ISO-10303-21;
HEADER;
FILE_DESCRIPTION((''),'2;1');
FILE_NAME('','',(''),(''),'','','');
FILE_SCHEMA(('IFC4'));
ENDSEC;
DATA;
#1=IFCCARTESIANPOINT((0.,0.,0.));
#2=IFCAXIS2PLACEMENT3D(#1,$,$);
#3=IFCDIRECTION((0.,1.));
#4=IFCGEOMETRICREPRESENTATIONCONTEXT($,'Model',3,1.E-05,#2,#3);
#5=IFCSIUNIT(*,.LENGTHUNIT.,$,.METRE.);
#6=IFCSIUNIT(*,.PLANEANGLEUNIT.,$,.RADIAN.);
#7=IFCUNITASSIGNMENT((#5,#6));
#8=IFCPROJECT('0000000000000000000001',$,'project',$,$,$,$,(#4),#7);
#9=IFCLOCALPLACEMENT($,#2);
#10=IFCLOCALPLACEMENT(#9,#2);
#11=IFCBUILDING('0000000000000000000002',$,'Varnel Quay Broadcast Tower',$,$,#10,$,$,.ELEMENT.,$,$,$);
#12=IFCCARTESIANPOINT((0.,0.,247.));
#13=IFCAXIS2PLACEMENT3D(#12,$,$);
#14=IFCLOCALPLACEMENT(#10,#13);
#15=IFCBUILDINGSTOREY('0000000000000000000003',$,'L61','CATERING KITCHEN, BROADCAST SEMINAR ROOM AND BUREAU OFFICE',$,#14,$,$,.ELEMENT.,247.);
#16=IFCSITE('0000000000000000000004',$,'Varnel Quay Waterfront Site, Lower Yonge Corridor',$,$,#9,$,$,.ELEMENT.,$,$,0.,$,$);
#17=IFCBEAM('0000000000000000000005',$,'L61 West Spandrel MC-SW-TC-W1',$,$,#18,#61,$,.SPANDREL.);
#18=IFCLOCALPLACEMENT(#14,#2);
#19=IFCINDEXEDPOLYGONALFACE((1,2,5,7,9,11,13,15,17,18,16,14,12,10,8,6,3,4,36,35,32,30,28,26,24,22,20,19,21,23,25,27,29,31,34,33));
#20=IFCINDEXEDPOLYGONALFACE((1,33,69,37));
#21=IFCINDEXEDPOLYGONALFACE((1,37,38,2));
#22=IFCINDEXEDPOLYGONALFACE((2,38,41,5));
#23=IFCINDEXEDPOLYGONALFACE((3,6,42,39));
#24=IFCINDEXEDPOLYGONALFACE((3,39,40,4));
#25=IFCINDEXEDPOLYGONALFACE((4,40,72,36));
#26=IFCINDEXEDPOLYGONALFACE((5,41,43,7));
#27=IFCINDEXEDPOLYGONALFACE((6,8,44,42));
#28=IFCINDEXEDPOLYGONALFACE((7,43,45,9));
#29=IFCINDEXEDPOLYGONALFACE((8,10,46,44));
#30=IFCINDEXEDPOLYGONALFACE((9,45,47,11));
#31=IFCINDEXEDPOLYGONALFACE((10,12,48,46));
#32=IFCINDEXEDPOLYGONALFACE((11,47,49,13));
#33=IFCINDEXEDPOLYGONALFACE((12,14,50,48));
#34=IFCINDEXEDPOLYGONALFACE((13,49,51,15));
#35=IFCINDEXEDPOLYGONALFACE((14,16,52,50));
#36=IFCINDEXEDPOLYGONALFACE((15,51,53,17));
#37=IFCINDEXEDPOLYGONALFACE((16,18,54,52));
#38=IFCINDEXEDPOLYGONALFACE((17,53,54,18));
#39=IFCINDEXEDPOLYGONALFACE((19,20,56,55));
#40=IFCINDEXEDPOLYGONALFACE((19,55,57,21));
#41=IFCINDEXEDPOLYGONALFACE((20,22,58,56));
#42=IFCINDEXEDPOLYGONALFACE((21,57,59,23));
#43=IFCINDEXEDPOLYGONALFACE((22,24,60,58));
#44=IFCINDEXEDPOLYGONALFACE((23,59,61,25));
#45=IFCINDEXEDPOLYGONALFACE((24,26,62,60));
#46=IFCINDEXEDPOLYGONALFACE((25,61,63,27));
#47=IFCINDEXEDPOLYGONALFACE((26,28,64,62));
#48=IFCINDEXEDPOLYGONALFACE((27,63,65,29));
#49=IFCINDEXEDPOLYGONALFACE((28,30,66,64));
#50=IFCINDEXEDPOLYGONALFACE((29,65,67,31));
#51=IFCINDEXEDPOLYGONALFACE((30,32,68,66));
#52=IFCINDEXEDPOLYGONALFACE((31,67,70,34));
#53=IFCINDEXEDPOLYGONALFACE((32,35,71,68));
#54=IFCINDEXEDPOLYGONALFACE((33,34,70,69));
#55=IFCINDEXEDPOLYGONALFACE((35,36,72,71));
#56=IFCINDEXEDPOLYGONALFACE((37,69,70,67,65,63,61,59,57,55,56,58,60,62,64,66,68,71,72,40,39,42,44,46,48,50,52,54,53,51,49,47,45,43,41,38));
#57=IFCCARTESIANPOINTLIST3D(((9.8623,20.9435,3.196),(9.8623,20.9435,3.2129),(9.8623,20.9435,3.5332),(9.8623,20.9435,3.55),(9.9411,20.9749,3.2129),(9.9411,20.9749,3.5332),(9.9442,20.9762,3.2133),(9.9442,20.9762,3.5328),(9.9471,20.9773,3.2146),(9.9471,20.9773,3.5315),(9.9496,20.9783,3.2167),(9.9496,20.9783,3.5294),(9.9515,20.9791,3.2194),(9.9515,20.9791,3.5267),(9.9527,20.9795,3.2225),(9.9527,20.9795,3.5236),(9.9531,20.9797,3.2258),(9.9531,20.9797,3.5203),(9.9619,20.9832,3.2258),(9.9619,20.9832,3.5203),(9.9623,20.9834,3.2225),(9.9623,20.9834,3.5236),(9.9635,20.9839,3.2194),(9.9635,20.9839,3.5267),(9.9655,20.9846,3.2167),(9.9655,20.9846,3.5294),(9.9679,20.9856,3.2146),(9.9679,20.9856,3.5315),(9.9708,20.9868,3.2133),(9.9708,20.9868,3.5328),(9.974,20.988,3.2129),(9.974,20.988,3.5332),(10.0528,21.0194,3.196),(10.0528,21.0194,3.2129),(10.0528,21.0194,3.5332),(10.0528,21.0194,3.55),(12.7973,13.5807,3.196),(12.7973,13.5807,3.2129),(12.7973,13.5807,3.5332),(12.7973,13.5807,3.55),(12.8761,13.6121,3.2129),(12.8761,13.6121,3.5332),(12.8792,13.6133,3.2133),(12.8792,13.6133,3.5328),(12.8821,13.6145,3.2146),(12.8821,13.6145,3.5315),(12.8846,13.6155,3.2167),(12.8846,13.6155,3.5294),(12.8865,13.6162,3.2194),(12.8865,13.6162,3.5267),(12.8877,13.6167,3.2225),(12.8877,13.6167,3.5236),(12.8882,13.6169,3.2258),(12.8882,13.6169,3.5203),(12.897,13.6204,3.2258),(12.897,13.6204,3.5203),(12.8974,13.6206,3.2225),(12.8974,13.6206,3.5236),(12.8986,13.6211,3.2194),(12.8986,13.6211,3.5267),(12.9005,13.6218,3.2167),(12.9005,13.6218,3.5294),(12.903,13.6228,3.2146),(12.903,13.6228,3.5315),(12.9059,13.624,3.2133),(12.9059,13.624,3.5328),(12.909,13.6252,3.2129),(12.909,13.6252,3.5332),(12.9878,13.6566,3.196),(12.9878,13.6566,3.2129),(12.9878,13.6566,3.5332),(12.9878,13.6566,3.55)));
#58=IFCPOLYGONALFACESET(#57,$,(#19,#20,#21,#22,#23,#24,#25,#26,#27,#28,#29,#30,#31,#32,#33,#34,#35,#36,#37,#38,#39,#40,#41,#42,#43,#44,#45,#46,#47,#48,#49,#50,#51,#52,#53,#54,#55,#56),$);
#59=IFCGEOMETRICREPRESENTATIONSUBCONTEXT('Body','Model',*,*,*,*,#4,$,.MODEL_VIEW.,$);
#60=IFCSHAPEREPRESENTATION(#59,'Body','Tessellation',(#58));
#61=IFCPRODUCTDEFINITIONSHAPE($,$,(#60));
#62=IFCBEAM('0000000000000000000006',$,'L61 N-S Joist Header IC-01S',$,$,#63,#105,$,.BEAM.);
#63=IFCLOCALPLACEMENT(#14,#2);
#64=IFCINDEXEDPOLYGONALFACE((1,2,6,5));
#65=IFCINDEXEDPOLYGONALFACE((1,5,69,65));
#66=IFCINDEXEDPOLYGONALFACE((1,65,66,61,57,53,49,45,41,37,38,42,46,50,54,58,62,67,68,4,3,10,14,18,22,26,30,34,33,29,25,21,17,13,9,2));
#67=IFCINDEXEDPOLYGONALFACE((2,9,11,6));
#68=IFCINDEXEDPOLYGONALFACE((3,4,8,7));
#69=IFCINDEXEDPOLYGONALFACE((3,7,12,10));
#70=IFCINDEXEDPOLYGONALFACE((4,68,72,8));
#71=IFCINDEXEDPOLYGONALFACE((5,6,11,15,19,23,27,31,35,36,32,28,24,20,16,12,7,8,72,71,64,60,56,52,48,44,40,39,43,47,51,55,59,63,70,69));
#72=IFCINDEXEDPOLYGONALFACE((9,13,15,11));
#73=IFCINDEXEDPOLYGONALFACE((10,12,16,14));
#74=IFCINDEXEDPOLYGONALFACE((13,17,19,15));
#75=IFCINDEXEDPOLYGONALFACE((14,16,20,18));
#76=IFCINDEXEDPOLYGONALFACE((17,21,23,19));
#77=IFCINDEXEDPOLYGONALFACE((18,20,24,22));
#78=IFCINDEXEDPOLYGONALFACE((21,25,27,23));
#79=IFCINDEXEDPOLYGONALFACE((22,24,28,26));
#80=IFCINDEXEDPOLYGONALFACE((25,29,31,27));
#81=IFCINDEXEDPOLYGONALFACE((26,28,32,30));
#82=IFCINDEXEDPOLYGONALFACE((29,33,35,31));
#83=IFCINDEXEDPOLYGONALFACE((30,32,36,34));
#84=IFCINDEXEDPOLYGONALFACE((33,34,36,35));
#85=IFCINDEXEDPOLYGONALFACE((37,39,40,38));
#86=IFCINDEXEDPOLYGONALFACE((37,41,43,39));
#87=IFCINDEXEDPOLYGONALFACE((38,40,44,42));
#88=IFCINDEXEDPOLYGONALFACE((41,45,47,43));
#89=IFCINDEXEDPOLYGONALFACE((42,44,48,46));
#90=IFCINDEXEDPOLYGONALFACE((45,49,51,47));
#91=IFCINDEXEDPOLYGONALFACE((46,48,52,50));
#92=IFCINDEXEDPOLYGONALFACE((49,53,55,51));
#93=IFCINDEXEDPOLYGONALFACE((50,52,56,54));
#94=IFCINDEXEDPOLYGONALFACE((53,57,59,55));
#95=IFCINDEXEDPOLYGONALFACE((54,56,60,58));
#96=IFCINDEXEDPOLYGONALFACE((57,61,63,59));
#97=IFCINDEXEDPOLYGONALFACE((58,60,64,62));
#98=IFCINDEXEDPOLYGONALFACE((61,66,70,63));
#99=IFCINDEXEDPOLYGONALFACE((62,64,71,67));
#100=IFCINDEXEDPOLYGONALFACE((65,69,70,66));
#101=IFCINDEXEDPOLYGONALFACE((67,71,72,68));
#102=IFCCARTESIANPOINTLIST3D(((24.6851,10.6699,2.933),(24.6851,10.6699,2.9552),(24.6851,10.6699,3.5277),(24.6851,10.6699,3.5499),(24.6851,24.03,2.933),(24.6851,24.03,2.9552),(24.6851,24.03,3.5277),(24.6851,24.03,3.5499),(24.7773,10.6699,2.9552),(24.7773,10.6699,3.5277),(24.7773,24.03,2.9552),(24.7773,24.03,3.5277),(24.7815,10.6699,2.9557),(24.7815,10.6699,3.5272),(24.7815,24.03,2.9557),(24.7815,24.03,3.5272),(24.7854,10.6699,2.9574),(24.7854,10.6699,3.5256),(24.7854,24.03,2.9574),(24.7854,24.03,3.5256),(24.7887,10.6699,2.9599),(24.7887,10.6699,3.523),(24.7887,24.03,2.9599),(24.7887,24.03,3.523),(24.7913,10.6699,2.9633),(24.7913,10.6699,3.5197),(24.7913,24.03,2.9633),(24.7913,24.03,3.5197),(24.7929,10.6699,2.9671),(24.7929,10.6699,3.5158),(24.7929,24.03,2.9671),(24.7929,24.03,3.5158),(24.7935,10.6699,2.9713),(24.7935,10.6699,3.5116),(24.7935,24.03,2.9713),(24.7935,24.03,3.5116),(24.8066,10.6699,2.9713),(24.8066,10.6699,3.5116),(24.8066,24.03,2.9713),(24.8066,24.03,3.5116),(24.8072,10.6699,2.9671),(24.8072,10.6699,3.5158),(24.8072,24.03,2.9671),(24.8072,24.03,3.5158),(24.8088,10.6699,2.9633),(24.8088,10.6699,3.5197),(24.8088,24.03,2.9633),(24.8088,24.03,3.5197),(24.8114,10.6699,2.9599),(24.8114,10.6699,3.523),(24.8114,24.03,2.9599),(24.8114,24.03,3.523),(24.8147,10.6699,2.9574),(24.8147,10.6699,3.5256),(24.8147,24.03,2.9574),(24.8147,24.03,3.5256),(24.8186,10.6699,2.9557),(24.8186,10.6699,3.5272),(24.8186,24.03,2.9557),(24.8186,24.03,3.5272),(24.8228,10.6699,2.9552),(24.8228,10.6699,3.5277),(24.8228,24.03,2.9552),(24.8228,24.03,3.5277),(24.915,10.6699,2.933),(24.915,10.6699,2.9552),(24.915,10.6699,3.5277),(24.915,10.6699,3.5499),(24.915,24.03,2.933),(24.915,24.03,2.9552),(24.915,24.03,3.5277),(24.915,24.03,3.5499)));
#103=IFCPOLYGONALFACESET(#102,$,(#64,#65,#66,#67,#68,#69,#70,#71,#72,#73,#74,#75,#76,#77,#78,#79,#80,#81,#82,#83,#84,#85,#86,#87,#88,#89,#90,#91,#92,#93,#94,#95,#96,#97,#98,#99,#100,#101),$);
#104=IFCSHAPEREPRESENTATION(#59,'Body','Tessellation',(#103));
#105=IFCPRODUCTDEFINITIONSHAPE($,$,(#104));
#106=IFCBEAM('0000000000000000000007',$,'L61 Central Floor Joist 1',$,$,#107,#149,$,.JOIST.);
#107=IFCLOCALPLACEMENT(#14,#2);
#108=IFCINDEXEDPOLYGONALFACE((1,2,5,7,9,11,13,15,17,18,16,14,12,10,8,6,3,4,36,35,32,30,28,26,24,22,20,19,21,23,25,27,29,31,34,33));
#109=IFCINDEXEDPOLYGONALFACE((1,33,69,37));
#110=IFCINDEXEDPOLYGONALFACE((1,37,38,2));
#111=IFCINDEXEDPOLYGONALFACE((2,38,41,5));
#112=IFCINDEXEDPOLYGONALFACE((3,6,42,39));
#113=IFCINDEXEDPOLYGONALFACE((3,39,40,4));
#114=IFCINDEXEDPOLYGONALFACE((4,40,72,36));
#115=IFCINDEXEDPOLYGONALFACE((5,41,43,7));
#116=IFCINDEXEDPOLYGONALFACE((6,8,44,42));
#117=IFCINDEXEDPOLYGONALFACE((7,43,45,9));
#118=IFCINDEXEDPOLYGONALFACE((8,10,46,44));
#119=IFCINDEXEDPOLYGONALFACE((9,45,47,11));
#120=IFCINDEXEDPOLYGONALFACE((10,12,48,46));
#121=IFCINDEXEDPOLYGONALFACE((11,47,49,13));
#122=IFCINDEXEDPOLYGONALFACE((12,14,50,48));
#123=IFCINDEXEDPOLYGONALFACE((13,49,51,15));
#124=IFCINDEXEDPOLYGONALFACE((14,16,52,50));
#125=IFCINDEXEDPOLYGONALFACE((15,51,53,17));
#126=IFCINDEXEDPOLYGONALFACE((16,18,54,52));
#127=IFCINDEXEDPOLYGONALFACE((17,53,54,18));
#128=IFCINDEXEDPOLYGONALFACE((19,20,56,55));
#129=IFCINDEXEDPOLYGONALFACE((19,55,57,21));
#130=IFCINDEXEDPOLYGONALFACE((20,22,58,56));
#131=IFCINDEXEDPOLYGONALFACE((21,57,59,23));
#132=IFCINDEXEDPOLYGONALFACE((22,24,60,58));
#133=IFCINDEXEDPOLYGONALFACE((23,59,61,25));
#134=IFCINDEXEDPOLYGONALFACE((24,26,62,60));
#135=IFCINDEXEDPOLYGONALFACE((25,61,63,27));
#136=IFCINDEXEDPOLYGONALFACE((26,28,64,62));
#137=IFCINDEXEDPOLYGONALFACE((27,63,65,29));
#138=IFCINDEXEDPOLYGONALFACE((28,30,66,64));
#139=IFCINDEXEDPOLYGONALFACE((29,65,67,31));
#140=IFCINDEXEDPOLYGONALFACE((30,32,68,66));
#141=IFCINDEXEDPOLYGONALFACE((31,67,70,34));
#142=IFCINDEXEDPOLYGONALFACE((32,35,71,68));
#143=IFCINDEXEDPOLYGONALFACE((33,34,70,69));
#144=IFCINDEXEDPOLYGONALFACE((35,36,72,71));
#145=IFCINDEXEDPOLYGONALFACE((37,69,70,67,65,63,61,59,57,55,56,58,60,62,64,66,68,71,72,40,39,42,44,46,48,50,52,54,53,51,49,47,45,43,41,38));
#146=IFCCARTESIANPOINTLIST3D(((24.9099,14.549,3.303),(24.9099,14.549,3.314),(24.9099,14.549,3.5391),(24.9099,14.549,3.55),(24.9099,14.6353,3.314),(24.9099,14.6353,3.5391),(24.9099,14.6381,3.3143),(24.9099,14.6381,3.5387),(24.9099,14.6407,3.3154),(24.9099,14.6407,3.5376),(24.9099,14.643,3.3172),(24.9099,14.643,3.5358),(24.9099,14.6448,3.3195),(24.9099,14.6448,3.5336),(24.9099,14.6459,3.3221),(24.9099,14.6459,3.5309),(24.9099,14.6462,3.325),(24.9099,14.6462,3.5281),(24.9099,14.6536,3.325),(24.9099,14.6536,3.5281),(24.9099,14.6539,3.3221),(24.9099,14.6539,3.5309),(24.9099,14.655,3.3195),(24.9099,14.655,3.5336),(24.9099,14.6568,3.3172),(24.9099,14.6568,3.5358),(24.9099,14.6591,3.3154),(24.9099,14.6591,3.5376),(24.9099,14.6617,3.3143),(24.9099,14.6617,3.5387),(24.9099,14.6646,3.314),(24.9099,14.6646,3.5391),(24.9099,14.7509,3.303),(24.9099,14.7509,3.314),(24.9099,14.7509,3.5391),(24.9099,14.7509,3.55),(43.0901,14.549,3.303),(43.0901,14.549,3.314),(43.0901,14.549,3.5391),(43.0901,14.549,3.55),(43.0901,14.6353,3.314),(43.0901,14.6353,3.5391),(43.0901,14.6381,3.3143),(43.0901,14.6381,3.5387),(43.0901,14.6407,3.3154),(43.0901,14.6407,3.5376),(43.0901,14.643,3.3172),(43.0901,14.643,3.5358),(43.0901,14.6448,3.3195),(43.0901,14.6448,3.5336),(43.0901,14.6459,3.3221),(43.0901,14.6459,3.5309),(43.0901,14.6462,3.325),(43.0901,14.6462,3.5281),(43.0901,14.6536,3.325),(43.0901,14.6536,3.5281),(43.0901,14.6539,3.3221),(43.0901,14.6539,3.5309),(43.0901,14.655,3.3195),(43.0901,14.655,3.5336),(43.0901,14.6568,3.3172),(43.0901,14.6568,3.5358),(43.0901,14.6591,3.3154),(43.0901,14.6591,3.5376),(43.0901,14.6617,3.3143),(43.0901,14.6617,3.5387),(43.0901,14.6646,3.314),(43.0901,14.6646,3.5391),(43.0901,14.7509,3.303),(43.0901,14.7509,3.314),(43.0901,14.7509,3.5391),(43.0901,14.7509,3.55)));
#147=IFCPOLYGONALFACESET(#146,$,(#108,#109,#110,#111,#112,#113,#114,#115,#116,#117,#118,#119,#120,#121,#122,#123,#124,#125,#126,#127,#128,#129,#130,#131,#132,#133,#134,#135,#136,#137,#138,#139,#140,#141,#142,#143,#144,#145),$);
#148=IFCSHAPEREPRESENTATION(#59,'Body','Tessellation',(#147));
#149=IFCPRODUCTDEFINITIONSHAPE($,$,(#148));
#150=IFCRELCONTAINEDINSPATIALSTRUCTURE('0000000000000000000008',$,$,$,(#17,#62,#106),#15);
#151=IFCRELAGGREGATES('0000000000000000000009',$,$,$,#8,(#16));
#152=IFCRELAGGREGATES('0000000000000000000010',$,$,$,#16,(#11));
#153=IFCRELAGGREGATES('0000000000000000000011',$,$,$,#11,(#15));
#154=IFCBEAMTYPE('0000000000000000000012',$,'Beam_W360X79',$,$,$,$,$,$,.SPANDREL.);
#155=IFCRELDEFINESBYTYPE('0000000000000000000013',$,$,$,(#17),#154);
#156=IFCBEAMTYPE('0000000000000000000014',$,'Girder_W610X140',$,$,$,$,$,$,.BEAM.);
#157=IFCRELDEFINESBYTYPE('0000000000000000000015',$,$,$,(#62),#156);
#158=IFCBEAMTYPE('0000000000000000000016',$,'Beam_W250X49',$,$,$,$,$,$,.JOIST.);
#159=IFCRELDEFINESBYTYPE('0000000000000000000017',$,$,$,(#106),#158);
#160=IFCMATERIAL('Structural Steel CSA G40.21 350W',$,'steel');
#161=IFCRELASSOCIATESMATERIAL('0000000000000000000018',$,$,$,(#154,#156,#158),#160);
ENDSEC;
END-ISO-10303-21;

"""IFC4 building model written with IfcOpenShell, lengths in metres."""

from ifc_helpers import new_model, si_unit, direction, frame, origin, origin_2d, place, context, subcontext, project, spatial, i_section, extrude, source, transform, mapped, material, material_profile, profile_set, type_object, type_shapes, element, save


model = new_model("IFC4")

# Units and contexts
model_context = context("Model", 3, precision=1e-05, world=origin(), true_north=direction((0.0, 1.0)))
body_context = subcontext(model_context, "Body", "Model", "MODEL_VIEW")
ifc_project = project(units=[si_unit("LENGTHUNIT", "METRE"), si_unit("PLANEANGLEUNIT", "RADIAN")], contexts=[model_context])

# Site, building, storey
site_placement = place(None, origin())
site = spatial("IfcSite", under=ifc_project, at=site_placement, Name="Varnel Quay Waterfront Site, Lower Yonge Corridor", CompositionType="ELEMENT", RefElevation=0.0)
building_placement = place(site_placement, origin())
building = spatial("IfcBuilding", under=site, at=building_placement, Name="Varnel Quay Broadcast Tower", CompositionType="ELEMENT")
storey_placement = place(building_placement, frame((0.0, 0.0, 247.0)))
storey = spatial("IfcBuildingStorey", under=building, at=storey_placement, Name="L61", Description="CATERING KITCHEN, BROADCAST SEMINAR ROOM AND BUREAU OFFICE", CompositionType="ELEMENT", Elevation=247.0)

# Shared definitions
ifc_material_1 = material(Name="Structural Steel CSA G40.21 350W", Category="steel")

# Beams
ifc_material_profile_1 = material_profile(ifc_material_1, i_section(OverallWidth=0.2051, OverallDepth=0.354, WebThickness=0.0095, FlangeThickness=0.0168, FilletRadius=0.0129, at=origin_2d()), Name="W360X79")
ifc_profile_set_1 = profile_set([ifc_material_profile_1], Name="Structural Steel CSA G40.21 350W")
beam_type_1 = type_object("IfcBeamType", Name="Beam_W360X79", PredefinedType="SPANDREL", material=ifc_profile_set_1)
shared_shape_1 = source(origin(), body_context, "Body", "SweptSolid", [
    extrude(i_section(OverallWidth=0.2051, OverallDepth=0.354, WebThickness=0.0095, FlangeThickness=0.0168, FilletRadius=0.0129, at=origin_2d()), origin(), (0.0, 0.0, 1.0), 7.9263),
])
beam_1_placement = place(storey_placement, frame((12.8926, 13.6187, 3.373), z_axis=(-0.370296, 0.928914, 0.0), x_axis=(-0.928914, -0.370296, 0.0)))
element("IfcBeam", 1, at=beam_1_placement, inside=storey, type_object=beam_type_1, Name="L61 West Spandrel MC-SW-TC-W1", PredefinedType="SPANDREL", context=body_context, shape_type="MappedRepresentation", body=[
    mapped(shared_shape_1, transform((0.0, 0.0, 0.0), x_axis=(1.0, 0.0, 0.0), y_axis=(0.0, 1.0, 0.0), z_axis=(0.0, 0.0, 1.0), scale=1.0)),
])
ifc_material_profile_2 = material_profile(ifc_material_1, i_section(OverallWidth=0.23, OverallDepth=0.6169, WebThickness=0.0132, FlangeThickness=0.0222, FilletRadius=0.0161, at=origin_2d()), Name="W610X140")
ifc_profile_set_2 = profile_set([ifc_material_profile_2], Name="Structural Steel CSA G40.21 350W")
beam_type_2 = type_object("IfcBeamType", Name="Girder_W610X140", PredefinedType="BEAM", material=ifc_profile_set_2)
shared_shape_2 = source(origin(), body_context, "Body", "SweptSolid", [
    extrude(i_section(OverallWidth=0.23, OverallDepth=0.6169, WebThickness=0.0132, FlangeThickness=0.0222, FilletRadius=0.0161, at=origin_2d()), origin(), (0.0, 0.0, 1.0), 13.3601),
])
type_shapes(beam_type_2, [shared_shape_2])
beam_2_placement = place(storey_placement, frame((24.8, 10.6699, 3.2415), z_axis=(0.0, 1.0, 0.0), x_axis=(-1.0, 0.0, 0.0)))
element("IfcBeam", 2, at=beam_2_placement, inside=storey, type_object=beam_type_2, Name="L61 N-S Joist Header IC-01S", PredefinedType="BEAM", context=body_context, shape_type="MappedRepresentation", body=[
    mapped(shared_shape_2, transform((0.0, 0.0, 0.0), x_axis=(1.0, 0.0, 0.0), y_axis=(0.0, 1.0, 0.0), z_axis=(0.0, 0.0, 1.0), scale=1.0)),
])
ifc_material_profile_3 = material_profile(ifc_material_1, i_section(OverallWidth=0.2019, OverallDepth=0.2471, WebThickness=0.0073, FlangeThickness=0.011, FilletRadius=0.011, at=origin_2d()), Name="W250X49")
ifc_profile_set_3 = profile_set([ifc_material_profile_3], Name="Structural Steel CSA G40.21 350W")
beam_type_3 = type_object("IfcBeamType", Name="Beam_W250X49", PredefinedType="JOIST", material=ifc_profile_set_3)
shared_shape_3 = source(origin(), body_context, "Body", "SweptSolid", [
    extrude(i_section(OverallWidth=0.2019, OverallDepth=0.2471, WebThickness=0.0073, FlangeThickness=0.011, FilletRadius=0.011, at=origin_2d()), origin(), (0.0, 0.0, 1.0), 18.1802),
])
type_shapes(beam_type_3, [shared_shape_3])
beam_3_placement = place(storey_placement, frame((24.9099, 14.6499, 3.4265), z_axis=(1.0, 0.0, 0.0), x_axis=(0.0, 1.0, 0.0)))
element("IfcBeam", 3, at=beam_3_placement, inside=storey, type_object=beam_type_3, Name="L61 Central Floor Joist 1", PredefinedType="JOIST", context=body_context, shape_type="MappedRepresentation", body=[
    mapped(shared_shape_3, transform((0.0, 0.0, 0.0), x_axis=(1.0, 0.0, 0.0), y_axis=(0.0, 1.0, 0.0), z_axis=(0.0, 0.0, 1.0), scale=1.0)),
])

save(model, "model.ifc")
